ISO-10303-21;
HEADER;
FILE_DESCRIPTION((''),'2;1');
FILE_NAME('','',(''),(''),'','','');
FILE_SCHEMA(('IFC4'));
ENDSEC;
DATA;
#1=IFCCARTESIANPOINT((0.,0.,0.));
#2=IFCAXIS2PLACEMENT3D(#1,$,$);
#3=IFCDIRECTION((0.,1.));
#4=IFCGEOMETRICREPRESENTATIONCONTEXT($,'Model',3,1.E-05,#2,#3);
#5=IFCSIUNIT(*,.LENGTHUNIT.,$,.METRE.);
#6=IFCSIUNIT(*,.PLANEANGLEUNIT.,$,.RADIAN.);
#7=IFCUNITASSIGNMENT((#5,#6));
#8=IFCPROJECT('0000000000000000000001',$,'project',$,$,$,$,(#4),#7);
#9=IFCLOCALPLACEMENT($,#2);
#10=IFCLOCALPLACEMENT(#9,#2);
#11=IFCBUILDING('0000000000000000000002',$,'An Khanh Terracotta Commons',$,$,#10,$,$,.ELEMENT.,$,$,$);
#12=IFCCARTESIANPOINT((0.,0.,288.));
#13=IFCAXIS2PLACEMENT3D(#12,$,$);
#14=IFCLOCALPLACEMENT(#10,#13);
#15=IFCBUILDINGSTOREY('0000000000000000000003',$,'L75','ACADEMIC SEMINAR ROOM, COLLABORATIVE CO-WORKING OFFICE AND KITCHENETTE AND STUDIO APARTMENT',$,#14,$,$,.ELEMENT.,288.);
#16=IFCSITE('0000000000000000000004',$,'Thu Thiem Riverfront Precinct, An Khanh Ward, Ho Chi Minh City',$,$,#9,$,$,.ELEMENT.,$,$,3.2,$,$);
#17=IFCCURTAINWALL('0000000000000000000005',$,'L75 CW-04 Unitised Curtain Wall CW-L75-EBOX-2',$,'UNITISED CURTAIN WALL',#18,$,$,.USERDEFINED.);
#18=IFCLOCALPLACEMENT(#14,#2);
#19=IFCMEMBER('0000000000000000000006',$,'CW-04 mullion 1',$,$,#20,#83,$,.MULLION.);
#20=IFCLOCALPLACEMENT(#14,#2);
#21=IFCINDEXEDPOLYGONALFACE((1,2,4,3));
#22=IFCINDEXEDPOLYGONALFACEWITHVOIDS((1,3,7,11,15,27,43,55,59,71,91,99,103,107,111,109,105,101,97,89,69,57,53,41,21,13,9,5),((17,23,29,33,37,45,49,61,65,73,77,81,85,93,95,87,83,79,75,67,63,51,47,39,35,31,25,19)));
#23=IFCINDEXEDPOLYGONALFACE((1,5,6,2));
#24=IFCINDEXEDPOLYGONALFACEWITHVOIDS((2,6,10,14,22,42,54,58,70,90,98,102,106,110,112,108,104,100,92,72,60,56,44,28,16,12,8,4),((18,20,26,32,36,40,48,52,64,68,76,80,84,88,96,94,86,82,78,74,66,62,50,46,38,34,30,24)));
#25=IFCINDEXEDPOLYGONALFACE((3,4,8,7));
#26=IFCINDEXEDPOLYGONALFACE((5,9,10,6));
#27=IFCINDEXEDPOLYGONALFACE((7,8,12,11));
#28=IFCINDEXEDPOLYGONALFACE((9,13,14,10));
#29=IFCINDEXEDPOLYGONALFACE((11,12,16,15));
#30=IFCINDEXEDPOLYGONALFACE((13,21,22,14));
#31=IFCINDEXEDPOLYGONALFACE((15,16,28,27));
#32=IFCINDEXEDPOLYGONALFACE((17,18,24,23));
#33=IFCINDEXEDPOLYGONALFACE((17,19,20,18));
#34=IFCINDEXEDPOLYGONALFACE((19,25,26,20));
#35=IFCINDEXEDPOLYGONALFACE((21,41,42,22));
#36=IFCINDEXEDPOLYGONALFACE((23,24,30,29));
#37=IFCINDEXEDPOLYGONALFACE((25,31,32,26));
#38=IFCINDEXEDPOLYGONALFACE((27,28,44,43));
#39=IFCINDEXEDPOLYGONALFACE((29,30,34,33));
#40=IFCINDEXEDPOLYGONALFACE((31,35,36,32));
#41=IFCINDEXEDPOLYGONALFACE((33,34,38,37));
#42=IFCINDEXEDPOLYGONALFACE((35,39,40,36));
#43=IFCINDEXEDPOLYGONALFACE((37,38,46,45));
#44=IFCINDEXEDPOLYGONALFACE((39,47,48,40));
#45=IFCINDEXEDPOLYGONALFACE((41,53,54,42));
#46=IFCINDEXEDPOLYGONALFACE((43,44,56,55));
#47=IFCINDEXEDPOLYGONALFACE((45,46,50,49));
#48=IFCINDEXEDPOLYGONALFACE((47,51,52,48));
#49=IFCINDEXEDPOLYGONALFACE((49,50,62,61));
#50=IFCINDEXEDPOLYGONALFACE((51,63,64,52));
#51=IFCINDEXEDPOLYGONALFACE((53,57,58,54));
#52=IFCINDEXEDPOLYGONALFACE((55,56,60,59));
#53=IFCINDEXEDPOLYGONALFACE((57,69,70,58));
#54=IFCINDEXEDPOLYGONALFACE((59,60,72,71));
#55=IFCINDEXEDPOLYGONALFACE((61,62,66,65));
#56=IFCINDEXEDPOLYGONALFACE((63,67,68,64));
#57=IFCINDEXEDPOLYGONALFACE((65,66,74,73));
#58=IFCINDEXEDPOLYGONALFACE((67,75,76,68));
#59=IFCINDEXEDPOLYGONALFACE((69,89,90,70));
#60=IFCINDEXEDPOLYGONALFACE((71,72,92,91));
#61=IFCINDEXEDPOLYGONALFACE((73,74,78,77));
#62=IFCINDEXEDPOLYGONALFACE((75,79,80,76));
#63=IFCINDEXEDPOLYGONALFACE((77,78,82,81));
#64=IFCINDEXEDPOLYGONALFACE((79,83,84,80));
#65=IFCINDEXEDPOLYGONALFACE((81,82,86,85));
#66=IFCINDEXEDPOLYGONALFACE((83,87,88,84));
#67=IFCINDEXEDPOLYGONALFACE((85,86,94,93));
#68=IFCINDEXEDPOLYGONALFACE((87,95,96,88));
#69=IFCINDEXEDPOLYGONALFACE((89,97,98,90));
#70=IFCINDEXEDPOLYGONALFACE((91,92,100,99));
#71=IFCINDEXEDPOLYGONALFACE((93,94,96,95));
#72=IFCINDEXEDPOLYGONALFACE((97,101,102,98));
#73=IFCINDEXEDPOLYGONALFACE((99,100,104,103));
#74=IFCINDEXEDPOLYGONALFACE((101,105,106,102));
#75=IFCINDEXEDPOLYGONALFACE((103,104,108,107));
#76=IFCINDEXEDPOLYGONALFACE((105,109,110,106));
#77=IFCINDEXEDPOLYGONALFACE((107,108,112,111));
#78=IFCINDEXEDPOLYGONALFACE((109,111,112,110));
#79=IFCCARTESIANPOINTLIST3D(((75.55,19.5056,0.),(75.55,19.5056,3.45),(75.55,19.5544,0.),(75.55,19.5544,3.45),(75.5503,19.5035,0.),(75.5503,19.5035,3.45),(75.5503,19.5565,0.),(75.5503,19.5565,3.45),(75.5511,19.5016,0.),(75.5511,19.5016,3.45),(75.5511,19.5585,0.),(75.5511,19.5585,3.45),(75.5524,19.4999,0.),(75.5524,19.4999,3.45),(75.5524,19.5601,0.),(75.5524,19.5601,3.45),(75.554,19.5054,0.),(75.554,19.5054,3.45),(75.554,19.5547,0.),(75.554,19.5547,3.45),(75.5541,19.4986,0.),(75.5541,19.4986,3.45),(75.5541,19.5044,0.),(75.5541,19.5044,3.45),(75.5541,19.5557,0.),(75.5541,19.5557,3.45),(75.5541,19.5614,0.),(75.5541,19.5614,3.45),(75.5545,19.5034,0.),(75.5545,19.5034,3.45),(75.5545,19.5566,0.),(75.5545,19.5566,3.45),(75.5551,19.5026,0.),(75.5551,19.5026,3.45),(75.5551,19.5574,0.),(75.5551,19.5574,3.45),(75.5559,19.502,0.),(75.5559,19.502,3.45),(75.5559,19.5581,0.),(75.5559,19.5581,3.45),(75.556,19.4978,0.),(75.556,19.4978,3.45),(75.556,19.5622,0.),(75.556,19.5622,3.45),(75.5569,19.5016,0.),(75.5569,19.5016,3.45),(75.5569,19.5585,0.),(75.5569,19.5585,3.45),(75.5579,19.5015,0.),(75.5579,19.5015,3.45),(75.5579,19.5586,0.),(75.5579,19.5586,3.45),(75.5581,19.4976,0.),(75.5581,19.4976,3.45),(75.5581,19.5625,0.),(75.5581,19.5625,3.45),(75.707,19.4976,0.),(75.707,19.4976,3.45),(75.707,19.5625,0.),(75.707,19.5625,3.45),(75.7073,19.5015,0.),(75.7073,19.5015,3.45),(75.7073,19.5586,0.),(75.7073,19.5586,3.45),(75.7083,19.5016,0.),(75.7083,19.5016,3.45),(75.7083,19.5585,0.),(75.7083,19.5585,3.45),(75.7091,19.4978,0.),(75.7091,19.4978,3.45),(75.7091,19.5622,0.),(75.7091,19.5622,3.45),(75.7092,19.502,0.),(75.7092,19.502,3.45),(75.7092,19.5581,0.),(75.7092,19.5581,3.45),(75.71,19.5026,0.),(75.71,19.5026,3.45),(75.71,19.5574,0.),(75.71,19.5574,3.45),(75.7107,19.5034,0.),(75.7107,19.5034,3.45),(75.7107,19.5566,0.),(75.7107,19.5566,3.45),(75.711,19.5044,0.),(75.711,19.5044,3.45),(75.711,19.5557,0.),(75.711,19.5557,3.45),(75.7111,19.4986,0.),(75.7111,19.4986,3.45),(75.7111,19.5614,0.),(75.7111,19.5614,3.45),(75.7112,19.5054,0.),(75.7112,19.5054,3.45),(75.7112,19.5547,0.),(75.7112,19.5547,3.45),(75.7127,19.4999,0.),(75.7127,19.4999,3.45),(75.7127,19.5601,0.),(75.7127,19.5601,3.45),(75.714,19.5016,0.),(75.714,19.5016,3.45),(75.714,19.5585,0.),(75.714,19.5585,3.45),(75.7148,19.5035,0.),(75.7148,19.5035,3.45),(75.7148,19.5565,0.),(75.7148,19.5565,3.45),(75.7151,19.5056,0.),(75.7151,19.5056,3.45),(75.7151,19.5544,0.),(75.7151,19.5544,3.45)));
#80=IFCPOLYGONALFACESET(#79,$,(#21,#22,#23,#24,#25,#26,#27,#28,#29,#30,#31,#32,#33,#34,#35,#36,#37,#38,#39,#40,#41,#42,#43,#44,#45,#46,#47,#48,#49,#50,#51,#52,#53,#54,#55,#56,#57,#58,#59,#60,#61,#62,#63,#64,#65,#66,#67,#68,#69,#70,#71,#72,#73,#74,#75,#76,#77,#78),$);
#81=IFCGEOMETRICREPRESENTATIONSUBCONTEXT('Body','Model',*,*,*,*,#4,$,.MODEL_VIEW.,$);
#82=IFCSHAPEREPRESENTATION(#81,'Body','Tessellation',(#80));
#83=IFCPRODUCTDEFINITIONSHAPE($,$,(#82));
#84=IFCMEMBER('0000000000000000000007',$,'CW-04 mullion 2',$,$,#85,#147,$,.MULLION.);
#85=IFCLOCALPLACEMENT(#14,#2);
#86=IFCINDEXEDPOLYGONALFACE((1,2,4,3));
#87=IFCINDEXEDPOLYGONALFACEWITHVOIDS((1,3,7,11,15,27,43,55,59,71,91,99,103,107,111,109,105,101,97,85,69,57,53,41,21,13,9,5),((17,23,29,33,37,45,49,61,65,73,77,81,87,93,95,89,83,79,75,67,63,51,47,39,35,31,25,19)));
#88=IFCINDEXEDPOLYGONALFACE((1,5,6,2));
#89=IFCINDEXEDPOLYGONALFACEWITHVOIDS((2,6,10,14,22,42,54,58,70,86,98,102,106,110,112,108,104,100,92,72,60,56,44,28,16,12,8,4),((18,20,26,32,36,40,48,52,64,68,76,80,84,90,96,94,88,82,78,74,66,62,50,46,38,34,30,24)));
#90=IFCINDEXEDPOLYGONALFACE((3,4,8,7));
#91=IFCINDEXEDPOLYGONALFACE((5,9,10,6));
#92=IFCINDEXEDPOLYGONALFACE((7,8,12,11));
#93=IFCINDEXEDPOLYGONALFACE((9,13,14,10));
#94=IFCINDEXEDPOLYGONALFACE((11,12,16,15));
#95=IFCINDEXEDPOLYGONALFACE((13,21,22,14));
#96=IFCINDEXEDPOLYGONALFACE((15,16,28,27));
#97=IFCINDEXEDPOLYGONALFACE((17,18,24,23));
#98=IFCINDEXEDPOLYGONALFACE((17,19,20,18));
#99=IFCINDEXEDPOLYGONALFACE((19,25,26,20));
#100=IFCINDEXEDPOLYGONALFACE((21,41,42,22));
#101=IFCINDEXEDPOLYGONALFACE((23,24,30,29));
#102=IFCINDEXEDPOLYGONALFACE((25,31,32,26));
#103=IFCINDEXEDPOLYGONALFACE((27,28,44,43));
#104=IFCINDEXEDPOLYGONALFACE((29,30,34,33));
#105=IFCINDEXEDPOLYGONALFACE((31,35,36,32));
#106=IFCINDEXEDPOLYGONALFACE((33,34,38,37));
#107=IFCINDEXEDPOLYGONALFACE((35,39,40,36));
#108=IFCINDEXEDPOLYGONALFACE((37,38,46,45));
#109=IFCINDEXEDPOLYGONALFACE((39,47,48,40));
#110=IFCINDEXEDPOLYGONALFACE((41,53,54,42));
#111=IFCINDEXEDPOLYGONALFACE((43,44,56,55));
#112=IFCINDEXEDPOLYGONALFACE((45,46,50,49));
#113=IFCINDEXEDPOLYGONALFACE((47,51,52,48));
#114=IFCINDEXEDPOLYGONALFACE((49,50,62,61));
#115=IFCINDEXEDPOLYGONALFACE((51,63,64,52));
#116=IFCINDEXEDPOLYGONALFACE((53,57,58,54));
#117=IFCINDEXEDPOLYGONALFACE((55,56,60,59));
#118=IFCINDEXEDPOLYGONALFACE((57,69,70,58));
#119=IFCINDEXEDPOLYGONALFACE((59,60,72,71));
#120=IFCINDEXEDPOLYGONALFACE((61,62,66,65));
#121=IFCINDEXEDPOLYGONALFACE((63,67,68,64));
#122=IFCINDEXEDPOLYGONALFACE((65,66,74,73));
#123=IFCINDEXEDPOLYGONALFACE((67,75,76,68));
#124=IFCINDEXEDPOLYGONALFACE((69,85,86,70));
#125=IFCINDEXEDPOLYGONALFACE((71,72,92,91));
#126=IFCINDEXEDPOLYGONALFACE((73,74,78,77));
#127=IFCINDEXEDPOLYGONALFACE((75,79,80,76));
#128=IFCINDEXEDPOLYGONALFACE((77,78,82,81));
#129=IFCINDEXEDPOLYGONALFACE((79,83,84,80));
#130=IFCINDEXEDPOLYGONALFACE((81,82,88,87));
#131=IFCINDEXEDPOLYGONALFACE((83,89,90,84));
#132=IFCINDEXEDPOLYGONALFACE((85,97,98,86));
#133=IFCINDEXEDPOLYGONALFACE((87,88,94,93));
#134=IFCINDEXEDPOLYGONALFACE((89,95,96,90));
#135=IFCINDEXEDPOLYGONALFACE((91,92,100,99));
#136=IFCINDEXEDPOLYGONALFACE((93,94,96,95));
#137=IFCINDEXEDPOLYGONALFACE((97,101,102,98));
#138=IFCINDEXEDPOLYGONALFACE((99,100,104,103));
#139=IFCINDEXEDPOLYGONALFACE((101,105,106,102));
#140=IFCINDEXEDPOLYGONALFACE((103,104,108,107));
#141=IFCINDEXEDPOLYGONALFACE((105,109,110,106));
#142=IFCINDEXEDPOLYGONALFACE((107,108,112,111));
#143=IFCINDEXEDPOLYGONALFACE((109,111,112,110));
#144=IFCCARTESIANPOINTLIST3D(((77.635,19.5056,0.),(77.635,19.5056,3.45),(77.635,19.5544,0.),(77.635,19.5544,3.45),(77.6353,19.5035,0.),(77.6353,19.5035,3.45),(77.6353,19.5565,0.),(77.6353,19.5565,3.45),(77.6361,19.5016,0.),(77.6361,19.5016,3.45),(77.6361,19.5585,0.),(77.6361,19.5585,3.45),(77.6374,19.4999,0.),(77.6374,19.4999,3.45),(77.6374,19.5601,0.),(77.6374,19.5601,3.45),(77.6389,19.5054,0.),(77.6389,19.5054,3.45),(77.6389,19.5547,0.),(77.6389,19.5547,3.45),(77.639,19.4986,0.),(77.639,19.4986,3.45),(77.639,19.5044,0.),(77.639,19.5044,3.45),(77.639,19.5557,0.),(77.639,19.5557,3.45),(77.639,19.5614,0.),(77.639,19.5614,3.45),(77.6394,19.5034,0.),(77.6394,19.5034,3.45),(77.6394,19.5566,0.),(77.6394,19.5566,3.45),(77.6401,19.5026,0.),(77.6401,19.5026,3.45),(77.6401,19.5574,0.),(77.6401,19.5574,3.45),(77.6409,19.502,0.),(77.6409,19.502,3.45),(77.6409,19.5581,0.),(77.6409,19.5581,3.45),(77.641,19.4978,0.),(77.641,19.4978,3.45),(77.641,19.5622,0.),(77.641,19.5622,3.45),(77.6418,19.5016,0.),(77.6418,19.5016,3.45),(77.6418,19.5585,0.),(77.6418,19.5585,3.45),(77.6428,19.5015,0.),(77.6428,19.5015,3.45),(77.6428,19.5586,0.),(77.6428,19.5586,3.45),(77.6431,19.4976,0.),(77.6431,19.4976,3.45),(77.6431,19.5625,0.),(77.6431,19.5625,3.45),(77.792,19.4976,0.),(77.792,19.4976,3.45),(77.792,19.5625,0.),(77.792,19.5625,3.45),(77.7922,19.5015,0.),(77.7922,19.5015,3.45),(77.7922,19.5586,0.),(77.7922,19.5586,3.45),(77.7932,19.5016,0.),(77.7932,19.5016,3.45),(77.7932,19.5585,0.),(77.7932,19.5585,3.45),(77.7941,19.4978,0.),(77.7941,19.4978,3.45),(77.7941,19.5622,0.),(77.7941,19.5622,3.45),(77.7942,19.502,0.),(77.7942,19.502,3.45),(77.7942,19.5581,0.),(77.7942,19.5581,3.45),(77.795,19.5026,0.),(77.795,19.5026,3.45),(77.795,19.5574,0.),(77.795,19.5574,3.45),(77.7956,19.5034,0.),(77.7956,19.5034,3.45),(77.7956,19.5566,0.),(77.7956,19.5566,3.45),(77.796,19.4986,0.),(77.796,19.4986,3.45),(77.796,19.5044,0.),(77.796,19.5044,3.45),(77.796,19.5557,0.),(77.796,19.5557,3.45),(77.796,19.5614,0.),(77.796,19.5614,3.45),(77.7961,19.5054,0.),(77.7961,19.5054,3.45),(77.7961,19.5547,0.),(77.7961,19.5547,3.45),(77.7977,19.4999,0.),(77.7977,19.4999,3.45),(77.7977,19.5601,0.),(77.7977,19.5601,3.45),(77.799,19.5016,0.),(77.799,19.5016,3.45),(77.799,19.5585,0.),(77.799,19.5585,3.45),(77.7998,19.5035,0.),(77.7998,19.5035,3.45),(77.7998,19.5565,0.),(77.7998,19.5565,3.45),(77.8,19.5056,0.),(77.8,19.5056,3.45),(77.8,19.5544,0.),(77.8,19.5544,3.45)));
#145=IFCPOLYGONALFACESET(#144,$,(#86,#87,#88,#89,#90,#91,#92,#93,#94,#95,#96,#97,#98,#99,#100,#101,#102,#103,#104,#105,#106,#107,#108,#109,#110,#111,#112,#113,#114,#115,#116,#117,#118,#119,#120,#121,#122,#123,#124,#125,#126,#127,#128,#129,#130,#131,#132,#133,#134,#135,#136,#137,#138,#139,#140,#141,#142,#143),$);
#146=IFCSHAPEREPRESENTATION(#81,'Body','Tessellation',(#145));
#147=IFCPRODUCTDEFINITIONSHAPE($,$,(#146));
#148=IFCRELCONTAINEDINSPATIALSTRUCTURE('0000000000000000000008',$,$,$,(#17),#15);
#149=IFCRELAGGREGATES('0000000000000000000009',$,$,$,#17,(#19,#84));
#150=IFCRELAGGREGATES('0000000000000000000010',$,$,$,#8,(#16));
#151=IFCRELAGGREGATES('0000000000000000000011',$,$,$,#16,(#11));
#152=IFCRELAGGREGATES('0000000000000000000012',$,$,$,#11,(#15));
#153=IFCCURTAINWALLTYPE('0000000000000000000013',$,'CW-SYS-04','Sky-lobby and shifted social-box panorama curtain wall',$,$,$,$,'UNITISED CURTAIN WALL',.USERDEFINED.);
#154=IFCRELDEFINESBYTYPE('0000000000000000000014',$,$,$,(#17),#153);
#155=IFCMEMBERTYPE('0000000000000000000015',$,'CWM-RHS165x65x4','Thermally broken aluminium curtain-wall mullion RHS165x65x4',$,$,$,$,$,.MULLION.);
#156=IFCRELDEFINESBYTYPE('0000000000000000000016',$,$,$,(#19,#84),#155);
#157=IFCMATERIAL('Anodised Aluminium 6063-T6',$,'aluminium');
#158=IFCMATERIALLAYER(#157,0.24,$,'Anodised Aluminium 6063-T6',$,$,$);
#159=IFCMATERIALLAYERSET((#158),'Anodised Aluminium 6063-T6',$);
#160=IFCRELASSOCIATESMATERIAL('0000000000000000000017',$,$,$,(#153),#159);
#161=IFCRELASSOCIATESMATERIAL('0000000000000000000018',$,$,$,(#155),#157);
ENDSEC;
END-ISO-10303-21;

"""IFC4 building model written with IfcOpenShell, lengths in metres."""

from ifc_helpers import new_model, si_unit, direction, frame, origin, origin_2d, place, context, subcontext, project, spatial, hollow_rectangle, extrude, material, layer, layer_set, material_profile, profile_set, type_object, element, aggregate, save


model = new_model("IFC4")

# Units and contexts
model_context = context("Model", 3, precision=1e-05, world=origin(), true_north=direction((0.0, 1.0)))
body_context = subcontext(model_context, "Body", "Model", "MODEL_VIEW")
ifc_project = project(units=[si_unit("LENGTHUNIT", "METRE"), si_unit("PLANEANGLEUNIT", "RADIAN")], contexts=[model_context])

# Site, building, storey
site_placement = place(None, origin())
site = spatial("IfcSite", under=ifc_project, at=site_placement, Name="Thu Thiem Riverfront Precinct, An Khanh Ward, Ho Chi Minh City", CompositionType="ELEMENT", RefElevation=3.2)
building_placement = place(site_placement, origin())
building = spatial("IfcBuilding", under=site, at=building_placement, Name="An Khanh Terracotta Commons", CompositionType="ELEMENT")
storey_placement = place(building_placement, frame((0.0, 0.0, 288.0)))
storey = spatial("IfcBuildingStorey", under=building, at=storey_placement, Name="L75", Description="ACADEMIC SEMINAR ROOM, COLLABORATIVE CO-WORKING OFFICE AND KITCHENETTE AND STUDIO APARTMENT", CompositionType="ELEMENT", Elevation=288.0)

# Curtain wall, members
ifc_material_1 = material(Name="Anodised Aluminium 6063-T6", Category="aluminium")
ifc_layer_1 = layer(ifc_material_1, 0.24, Name="Anodised Aluminium 6063-T6")
ifc_layer_set_1 = layer_set([ifc_layer_1], Name="Anodised Aluminium 6063-T6")
curtain_wall_type_1 = type_object("IfcCurtainWallType", Name="CW-SYS-04", Description="Sky-lobby and shifted social-box panorama curtain wall", ElementType="UNITISED CURTAIN WALL", PredefinedType="USERDEFINED", material=ifc_layer_set_1)
ifc_material_profile_1 = material_profile(ifc_material_1, hollow_rectangle(XDim=0.0649, YDim=0.165, WallThickness=0.0039, InnerFilletRadius=0.0039, OuterFilletRadius=0.0081, at=origin_2d()), Name="RHS165x65x4")
ifc_profile_set_1 = profile_set([ifc_material_profile_1], Name="Anodised Aluminium 6063-T6")
member_type_1 = type_object("IfcMemberType", Name="CWM-RHS165x65x4", Description="Thermally broken aluminium curtain-wall mullion RHS165x65x4", PredefinedType="MULLION", material=ifc_profile_set_1)
curtain_wall_1_placement = place(storey_placement, origin())
curtain_wall_1 = element("IfcCurtainWall", 1, at=curtain_wall_1_placement, inside=storey, type_object=curtain_wall_type_1, Name="L75 CW-04 Unitised Curtain Wall CW-L75-EBOX-2", ObjectType="UNITISED CURTAIN WALL", PredefinedType="USERDEFINED")
member_1_placement = place(storey_placement, frame((75.6326, 19.53, 0.0), z_axis=(0.0, 0.0, 1.0), x_axis=(0.0, 1.0, 0.0)))
member_1 = element("IfcMember", 2, at=member_1_placement, type_object=member_type_1, Name="CW-04 mullion 1", PredefinedType="MULLION", context=body_context, shape_type="SweptSolid", body=[
    extrude(hollow_rectangle(XDim=0.0649, YDim=0.165, WallThickness=0.0039, InnerFilletRadius=0.0039, OuterFilletRadius=0.0081, at=origin_2d()), origin(), (0.0, 0.0, 1.0), 3.45),
])
member_2_placement = place(storey_placement, frame((77.7175, 19.53, 0.0), z_axis=(0.0, 0.0, 1.0), x_axis=(0.0, 1.0, 0.0)))
member_2 = element("IfcMember", 3, at=member_2_placement, type_object=member_type_1, Name="CW-04 mullion 2", PredefinedType="MULLION", context=body_context, shape_type="SweptSolid", body=[
    extrude(hollow_rectangle(XDim=0.0649, YDim=0.165, WallThickness=0.0039, InnerFilletRadius=0.0039, OuterFilletRadius=0.0081, at=origin_2d()), origin(), (0.0, 0.0, 1.0), 3.45),
])

aggregate(curtain_wall_1, [member_1, member_2])

save(model, "model.ifc")
